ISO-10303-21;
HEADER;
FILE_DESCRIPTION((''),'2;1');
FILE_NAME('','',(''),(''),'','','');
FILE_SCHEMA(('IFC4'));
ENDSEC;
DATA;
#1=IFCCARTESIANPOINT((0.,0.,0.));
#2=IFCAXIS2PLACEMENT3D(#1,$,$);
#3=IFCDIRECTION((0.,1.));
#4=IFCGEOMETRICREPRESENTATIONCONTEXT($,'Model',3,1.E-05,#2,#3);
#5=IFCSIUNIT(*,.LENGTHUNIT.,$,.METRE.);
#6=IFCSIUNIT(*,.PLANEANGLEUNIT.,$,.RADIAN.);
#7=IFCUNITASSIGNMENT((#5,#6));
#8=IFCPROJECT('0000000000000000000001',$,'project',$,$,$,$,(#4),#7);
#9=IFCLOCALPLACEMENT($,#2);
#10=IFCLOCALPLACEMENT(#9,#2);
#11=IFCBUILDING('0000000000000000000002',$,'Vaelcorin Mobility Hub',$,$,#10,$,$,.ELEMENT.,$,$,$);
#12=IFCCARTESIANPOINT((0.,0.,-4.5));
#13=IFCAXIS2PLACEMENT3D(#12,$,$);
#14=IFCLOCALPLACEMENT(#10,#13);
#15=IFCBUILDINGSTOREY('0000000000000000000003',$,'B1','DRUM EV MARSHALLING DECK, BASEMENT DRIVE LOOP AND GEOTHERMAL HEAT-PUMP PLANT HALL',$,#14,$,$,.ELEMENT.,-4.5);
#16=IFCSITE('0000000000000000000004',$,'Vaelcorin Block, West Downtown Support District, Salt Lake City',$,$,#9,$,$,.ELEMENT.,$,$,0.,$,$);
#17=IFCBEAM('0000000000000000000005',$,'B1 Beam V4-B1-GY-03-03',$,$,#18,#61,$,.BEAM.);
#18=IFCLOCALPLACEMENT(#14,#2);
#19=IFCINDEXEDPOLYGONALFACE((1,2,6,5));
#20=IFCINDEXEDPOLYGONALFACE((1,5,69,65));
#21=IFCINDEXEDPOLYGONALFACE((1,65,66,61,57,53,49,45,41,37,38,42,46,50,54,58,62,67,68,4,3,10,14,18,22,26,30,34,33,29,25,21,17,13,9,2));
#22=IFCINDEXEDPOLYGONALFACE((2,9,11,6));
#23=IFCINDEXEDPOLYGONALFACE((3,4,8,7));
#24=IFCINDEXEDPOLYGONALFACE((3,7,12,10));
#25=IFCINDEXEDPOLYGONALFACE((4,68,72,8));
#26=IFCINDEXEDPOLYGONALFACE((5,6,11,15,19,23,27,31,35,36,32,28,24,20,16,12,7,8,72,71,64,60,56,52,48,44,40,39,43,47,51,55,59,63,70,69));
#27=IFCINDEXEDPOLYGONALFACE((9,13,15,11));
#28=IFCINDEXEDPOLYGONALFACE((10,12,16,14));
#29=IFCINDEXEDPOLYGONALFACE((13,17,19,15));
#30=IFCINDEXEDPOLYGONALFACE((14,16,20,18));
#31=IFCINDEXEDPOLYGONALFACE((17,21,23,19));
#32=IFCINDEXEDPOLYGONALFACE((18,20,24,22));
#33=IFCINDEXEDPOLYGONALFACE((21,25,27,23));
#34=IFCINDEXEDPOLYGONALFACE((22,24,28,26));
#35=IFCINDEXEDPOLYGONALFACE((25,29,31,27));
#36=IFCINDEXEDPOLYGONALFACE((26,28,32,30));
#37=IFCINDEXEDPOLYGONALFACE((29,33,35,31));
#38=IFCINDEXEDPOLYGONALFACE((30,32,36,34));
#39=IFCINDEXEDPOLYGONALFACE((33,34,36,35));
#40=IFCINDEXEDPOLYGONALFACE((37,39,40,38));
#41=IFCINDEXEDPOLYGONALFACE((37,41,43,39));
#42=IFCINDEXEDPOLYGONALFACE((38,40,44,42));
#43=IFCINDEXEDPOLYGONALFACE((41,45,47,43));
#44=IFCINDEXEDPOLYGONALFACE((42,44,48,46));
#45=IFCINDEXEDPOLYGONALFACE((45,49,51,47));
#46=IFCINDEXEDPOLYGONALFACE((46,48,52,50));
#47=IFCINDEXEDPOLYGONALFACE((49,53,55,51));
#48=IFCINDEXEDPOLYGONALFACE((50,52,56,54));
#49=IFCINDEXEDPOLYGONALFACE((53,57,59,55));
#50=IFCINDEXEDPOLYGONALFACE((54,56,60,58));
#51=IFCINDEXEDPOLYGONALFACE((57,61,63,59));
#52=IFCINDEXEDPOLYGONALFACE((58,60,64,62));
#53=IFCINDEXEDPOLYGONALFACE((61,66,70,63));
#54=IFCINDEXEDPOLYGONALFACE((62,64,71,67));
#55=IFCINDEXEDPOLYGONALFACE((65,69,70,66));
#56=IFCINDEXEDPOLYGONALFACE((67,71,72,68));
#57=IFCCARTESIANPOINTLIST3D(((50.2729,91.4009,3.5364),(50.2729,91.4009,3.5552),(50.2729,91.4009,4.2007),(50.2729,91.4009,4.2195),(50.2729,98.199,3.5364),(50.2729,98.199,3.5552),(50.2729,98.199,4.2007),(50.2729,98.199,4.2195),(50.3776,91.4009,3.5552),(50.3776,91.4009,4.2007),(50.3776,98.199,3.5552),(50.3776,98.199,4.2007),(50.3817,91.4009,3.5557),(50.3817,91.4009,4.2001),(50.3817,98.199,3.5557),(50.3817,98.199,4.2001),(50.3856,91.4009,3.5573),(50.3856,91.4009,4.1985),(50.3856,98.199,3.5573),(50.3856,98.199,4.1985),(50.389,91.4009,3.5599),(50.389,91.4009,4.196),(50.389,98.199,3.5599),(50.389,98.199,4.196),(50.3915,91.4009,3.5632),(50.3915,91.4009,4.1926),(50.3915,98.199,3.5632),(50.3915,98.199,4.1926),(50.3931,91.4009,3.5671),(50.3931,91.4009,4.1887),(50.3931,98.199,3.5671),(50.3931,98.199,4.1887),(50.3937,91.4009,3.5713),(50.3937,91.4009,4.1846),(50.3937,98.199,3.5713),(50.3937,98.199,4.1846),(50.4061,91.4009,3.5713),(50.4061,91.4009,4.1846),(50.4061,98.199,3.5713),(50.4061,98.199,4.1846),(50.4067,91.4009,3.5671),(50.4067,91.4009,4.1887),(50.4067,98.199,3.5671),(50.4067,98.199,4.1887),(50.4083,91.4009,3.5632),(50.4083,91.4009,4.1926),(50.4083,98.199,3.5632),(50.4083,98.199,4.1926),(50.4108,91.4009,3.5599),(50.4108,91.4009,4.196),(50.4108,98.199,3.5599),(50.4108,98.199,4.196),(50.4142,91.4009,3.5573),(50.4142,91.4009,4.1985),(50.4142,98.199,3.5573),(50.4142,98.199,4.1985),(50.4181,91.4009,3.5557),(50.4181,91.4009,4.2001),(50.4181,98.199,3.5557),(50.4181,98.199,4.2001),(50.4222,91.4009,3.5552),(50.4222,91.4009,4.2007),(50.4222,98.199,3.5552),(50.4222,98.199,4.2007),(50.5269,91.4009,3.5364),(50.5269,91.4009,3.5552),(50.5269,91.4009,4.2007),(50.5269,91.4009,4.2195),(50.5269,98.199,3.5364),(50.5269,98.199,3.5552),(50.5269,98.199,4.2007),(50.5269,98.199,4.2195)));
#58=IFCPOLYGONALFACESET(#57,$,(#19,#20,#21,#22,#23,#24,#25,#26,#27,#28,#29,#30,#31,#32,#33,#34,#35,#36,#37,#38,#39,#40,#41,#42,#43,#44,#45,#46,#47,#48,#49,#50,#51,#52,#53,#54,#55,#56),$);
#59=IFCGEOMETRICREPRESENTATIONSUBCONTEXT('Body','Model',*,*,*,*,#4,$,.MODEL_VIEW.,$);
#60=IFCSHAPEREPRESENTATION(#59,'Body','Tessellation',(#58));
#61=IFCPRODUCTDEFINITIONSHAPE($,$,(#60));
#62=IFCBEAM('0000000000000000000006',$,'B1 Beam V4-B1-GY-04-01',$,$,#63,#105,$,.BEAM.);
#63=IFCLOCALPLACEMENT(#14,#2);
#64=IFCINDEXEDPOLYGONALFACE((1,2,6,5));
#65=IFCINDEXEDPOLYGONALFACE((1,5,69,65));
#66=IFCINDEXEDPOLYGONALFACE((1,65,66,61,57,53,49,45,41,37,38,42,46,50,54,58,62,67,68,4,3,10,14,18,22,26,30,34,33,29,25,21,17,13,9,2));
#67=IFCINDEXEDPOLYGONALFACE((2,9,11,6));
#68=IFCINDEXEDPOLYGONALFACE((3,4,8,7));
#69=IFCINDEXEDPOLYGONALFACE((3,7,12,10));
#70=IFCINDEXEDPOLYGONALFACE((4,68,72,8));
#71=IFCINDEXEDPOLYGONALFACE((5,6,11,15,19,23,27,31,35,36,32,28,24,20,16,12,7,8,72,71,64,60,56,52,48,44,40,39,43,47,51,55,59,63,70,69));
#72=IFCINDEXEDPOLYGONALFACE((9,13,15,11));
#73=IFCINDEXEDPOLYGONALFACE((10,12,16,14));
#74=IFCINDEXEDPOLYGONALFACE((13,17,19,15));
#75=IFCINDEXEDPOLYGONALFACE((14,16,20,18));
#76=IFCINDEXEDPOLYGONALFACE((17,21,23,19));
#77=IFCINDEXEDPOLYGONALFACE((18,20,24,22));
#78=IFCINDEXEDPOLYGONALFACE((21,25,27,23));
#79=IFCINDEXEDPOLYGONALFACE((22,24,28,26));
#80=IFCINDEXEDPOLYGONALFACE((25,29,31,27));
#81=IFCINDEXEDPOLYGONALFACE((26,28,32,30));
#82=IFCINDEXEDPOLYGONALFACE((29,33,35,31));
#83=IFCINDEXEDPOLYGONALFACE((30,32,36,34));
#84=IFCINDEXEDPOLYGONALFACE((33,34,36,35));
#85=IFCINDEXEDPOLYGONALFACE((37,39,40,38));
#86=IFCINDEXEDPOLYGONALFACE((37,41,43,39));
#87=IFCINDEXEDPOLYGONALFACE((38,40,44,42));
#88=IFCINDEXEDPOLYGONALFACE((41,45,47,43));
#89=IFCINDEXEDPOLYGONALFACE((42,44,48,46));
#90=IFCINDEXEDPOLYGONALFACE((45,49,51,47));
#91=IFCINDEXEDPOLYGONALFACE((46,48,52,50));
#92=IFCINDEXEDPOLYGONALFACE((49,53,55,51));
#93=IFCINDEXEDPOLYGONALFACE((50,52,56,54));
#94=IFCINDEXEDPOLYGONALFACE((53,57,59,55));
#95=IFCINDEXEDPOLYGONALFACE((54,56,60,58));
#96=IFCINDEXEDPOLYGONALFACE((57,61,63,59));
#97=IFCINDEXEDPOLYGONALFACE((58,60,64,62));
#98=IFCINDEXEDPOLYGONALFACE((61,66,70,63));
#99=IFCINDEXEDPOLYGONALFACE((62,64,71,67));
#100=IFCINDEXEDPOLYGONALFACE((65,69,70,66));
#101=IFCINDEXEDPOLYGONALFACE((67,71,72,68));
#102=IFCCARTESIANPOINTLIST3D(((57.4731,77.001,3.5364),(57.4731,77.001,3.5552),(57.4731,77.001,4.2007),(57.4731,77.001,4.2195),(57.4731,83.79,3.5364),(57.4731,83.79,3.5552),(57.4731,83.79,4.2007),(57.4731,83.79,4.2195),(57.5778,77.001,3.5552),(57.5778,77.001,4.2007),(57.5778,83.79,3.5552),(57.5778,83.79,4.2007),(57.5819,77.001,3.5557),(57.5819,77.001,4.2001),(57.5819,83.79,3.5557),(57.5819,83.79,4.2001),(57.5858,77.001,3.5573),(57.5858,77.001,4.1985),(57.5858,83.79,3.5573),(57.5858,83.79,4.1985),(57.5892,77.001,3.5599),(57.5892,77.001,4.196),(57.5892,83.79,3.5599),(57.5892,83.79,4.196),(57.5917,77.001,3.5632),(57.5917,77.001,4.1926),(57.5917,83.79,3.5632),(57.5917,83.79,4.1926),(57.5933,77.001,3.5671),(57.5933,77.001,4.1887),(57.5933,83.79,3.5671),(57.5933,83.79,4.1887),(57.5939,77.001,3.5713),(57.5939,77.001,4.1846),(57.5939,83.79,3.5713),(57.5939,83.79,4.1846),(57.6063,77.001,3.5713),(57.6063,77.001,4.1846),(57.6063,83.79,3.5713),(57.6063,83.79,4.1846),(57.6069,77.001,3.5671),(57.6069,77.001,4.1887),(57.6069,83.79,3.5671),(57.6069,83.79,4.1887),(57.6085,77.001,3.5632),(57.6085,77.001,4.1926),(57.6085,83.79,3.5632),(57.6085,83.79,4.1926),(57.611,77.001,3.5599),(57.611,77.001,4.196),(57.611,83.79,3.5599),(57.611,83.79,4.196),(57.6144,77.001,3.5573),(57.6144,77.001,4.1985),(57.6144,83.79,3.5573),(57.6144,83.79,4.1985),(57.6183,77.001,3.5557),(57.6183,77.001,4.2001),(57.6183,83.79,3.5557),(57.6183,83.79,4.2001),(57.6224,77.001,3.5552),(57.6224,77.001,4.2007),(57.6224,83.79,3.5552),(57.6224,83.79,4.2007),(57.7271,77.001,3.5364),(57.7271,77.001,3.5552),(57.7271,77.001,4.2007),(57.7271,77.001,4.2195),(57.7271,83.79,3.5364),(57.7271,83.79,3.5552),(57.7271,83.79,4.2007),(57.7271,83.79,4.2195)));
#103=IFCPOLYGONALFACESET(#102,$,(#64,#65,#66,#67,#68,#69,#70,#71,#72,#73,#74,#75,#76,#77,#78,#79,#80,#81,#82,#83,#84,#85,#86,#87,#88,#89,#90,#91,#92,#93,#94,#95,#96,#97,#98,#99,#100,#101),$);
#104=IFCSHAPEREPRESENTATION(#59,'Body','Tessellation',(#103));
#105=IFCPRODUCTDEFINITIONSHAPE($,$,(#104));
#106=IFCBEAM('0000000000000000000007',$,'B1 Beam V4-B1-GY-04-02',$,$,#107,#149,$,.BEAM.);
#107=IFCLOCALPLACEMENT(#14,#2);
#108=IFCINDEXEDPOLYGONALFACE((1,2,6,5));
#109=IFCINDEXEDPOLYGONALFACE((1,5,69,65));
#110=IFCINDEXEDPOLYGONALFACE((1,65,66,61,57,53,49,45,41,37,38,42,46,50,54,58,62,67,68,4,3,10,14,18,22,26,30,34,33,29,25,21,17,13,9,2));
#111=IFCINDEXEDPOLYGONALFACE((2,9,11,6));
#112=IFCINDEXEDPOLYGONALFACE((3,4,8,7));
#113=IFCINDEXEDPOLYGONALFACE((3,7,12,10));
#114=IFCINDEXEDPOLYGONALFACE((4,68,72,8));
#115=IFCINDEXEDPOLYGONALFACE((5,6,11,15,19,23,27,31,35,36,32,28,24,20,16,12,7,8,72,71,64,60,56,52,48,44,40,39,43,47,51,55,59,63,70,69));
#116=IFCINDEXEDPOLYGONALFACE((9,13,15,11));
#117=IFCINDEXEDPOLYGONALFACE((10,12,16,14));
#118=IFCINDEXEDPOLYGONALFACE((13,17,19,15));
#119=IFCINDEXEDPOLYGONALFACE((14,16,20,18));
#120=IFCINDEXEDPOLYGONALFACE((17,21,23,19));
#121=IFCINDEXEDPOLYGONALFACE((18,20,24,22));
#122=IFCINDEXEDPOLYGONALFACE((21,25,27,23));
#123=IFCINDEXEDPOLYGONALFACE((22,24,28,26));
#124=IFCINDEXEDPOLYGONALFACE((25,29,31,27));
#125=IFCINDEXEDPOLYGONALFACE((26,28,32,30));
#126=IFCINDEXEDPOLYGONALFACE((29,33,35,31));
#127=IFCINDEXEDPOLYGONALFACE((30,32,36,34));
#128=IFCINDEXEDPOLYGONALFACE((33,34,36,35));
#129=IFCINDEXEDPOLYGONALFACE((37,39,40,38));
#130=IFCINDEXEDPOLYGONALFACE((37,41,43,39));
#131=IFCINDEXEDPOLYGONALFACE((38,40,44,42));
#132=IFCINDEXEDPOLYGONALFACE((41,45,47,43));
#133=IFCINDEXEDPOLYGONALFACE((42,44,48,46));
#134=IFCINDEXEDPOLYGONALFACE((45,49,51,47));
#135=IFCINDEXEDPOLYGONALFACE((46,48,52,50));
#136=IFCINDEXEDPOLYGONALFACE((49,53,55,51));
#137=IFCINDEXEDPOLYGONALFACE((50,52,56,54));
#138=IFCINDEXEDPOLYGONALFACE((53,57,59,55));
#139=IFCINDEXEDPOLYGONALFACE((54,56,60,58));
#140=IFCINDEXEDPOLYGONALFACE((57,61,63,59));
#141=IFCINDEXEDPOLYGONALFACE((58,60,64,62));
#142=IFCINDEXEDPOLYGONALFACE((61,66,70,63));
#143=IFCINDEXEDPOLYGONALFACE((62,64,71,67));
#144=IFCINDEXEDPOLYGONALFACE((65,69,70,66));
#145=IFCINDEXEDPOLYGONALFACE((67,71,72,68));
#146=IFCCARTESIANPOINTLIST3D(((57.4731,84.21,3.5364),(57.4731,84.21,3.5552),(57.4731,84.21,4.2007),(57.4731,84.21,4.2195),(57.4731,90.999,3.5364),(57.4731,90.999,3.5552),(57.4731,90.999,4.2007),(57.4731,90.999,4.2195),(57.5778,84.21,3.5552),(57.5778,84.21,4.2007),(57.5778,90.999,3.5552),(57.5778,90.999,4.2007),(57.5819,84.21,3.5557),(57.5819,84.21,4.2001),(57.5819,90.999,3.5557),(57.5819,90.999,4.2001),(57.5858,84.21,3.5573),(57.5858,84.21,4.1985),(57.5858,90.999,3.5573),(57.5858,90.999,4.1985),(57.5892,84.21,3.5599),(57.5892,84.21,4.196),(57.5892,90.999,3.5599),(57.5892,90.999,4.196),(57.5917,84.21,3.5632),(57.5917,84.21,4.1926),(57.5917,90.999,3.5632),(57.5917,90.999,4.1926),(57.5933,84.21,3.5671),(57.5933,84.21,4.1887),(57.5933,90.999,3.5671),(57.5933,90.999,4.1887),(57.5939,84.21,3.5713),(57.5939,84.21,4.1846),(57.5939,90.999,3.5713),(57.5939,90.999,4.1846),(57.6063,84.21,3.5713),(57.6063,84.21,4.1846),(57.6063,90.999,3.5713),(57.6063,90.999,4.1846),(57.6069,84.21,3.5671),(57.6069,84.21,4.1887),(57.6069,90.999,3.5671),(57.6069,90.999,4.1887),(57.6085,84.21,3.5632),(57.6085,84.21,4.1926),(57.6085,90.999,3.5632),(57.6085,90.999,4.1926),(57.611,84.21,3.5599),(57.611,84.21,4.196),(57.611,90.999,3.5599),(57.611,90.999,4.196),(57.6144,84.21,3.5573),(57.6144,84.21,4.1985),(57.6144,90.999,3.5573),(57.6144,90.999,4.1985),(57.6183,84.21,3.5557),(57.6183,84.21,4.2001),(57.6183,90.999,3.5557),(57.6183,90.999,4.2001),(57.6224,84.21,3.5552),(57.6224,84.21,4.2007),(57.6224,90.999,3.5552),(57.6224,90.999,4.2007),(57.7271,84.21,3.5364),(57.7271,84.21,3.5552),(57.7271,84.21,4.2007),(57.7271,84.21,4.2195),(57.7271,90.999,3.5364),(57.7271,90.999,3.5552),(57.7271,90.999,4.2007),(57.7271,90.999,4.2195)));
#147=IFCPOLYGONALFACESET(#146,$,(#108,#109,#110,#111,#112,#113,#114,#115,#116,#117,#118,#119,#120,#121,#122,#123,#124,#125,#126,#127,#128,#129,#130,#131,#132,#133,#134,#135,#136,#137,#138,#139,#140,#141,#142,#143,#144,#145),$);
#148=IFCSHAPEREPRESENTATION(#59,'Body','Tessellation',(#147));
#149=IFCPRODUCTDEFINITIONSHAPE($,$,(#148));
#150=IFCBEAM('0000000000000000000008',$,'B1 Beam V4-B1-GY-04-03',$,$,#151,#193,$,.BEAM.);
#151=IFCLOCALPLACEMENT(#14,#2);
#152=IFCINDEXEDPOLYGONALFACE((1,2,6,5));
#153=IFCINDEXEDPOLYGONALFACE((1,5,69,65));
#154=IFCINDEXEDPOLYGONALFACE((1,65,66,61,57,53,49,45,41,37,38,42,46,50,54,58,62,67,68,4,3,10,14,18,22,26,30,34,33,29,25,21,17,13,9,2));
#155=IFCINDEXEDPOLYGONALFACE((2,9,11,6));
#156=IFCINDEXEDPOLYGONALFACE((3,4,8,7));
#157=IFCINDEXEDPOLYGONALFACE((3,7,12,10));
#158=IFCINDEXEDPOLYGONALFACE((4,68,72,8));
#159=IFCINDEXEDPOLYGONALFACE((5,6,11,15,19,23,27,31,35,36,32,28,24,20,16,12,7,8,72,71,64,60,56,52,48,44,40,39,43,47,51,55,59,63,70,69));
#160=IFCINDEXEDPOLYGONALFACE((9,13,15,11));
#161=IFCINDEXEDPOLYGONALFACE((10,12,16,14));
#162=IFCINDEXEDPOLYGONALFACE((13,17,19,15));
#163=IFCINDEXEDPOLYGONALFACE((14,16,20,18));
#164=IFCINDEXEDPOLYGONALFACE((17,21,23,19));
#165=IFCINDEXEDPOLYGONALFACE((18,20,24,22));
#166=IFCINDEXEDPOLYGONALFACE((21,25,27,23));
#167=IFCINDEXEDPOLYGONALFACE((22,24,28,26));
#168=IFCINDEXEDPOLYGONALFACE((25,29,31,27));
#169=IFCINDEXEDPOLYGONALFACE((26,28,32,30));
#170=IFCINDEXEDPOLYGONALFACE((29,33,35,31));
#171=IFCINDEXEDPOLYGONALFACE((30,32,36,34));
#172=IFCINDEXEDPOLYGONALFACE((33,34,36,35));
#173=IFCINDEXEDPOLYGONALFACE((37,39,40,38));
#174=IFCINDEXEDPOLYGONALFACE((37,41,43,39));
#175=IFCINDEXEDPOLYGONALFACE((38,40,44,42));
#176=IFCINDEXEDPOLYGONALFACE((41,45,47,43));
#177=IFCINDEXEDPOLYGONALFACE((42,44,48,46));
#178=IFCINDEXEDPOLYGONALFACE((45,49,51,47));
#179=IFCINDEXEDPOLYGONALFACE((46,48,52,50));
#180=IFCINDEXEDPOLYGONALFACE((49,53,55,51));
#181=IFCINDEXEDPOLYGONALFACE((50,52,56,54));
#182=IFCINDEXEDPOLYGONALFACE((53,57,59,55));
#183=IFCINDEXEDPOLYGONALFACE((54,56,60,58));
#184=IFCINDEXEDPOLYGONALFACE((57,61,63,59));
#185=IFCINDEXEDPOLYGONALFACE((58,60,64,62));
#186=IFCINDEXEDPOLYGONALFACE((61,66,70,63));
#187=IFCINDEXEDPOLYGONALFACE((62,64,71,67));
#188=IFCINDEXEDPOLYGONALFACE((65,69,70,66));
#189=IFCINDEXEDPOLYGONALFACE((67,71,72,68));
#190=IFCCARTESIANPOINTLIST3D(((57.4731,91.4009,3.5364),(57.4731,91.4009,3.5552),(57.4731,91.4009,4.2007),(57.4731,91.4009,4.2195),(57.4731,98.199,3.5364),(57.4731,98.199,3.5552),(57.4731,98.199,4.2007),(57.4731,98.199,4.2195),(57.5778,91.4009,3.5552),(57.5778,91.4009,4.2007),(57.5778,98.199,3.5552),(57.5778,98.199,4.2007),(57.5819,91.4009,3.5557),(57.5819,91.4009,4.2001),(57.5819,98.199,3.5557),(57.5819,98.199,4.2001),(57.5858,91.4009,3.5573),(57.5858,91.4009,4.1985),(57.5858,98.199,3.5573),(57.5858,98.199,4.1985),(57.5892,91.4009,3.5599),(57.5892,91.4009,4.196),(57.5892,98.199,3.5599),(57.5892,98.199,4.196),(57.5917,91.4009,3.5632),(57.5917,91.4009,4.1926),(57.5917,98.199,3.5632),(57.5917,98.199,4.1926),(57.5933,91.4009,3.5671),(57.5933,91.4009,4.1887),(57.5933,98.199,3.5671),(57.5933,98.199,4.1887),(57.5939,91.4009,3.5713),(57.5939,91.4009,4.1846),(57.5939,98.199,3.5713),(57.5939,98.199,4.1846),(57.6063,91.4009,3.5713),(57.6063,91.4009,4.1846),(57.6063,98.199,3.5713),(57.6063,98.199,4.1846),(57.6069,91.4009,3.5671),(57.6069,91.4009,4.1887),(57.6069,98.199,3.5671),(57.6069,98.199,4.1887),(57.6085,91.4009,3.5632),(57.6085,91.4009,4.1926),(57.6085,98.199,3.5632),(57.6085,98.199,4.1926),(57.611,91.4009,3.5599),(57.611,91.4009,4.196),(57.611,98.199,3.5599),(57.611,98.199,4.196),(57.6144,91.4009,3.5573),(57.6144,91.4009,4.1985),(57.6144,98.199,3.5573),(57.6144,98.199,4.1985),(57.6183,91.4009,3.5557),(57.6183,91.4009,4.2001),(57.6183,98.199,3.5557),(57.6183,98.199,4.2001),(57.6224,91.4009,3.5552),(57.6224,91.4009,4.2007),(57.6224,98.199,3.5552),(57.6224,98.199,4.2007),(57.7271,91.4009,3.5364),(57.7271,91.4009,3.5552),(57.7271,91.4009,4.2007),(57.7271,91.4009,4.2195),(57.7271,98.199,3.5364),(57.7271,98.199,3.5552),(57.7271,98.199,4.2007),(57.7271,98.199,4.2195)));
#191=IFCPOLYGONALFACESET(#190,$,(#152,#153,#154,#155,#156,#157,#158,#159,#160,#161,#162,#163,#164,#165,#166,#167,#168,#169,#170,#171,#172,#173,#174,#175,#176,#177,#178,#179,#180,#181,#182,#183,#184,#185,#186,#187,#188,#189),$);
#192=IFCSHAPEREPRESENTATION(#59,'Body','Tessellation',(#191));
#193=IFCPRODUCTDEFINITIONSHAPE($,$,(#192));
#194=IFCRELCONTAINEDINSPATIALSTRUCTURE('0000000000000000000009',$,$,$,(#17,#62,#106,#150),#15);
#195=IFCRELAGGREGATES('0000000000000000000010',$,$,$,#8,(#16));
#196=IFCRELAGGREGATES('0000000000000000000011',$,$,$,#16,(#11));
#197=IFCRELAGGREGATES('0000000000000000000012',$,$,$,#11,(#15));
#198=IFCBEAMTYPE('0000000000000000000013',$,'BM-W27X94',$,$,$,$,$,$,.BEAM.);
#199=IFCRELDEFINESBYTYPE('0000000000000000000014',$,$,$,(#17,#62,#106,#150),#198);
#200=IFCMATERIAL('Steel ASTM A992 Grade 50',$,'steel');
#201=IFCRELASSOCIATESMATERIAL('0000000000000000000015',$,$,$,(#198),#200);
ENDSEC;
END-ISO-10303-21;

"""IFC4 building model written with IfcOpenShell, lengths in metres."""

from ifc_helpers import new_model, si_unit, direction, frame, origin, origin_2d, place, context, subcontext, project, spatial, i_section, extrude, material, material_profile, profile_set, type_object, element, save


model = new_model("IFC4")

# Units and contexts
model_context = context("Model", 3, precision=1e-05, world=origin(), true_north=direction((0.0, 1.0)))
body_context = subcontext(model_context, "Body", "Model", "MODEL_VIEW")
ifc_project = project(units=[si_unit("LENGTHUNIT", "METRE"), si_unit("PLANEANGLEUNIT", "RADIAN")], contexts=[model_context])

# Site, building, storey
site_placement = place(None, origin())
site = spatial("IfcSite", under=ifc_project, at=site_placement, Name="Vaelcorin Block, West Downtown Support District, Salt Lake City", CompositionType="ELEMENT", RefElevation=0.0)
building_placement = place(site_placement, origin())
building = spatial("IfcBuilding", under=site, at=building_placement, Name="Vaelcorin Mobility Hub", CompositionType="ELEMENT")
storey_placement = place(building_placement, frame((0.0, 0.0, -4.5)))
storey = spatial("IfcBuildingStorey", under=building, at=storey_placement, Name="B1", Description="DRUM EV MARSHALLING DECK, BASEMENT DRIVE LOOP AND GEOTHERMAL HEAT-PUMP PLANT HALL", CompositionType="ELEMENT", Elevation=-4.5)

# Shared definitions
ifc_material_1 = material(Name="Steel ASTM A992 Grade 50", Category="steel")

# Beams
ifc_material_profile_1 = material_profile(ifc_material_1, i_section(OverallWidth=0.2539, OverallDepth=0.6831, WebThickness=0.0125, FlangeThickness=0.0188, FilletRadius=0.0161, at=origin_2d()), Name="W27X94")
ifc_profile_set_1 = profile_set([ifc_material_profile_1], Name="Steel ASTM A992 Grade 50")
beam_type_1 = type_object("IfcBeamType", Name="BM-W27X94", PredefinedType="BEAM", material=ifc_profile_set_1)
beam_1_placement = place(storey_placement, frame((50.3999, 91.4009, 3.8779), z_axis=(0.0, 1.0, 0.0), x_axis=(-1.0, 0.0, 0.0)))
element("IfcBeam", 1, at=beam_1_placement, inside=storey, type_object=beam_type_1, Name="B1 Beam V4-B1-GY-03-03", PredefinedType="BEAM", context=body_context, shape_type="SweptSolid", body=[
    extrude(i_section(OverallWidth=0.2539, OverallDepth=0.6831, WebThickness=0.0125, FlangeThickness=0.0188, FilletRadius=0.0161, at=origin_2d()), origin(), (0.0, 0.0, 1.0), 6.7981),
])
for number, where, z_axis, x_axis, name in (
    (2, (57.6001, 77.001, 3.8779), (0.0, 1.0, 0.0), (-1.0, 0.0, 0.0), "B1 Beam V4-B1-GY-04-01"),
    (3, (57.6001, 84.21, 3.8779), (0.0, 1.0, 0.0), (-1.0, 0.0, 0.0), "B1 Beam V4-B1-GY-04-02"),
):
    element("IfcBeam", number, at=place(storey_placement, frame(where, z_axis=z_axis, x_axis=x_axis)), inside=storey, type_object=beam_type_1, Name=name, PredefinedType="BEAM", context=body_context, shape_type="SweptSolid", body=[
        extrude(i_section(OverallWidth=0.2539, OverallDepth=0.6831, WebThickness=0.0125, FlangeThickness=0.0188, FilletRadius=0.0161, at=origin_2d()), origin(), (0.0, 0.0, 1.0), 6.7891),
    ])
beam_2_placement = place(storey_placement, frame((57.6001, 91.4009, 3.8779), z_axis=(0.0, 1.0, 0.0), x_axis=(-1.0, 0.0, 0.0)))
element("IfcBeam", 4, at=beam_2_placement, inside=storey, type_object=beam_type_1, Name="B1 Beam V4-B1-GY-04-03", PredefinedType="BEAM", context=body_context, shape_type="SweptSolid", body=[
    extrude(i_section(OverallWidth=0.2539, OverallDepth=0.6831, WebThickness=0.0125, FlangeThickness=0.0188, FilletRadius=0.0161, at=origin_2d()), origin(), (0.0, 0.0, 1.0), 6.7981),
])

save(model, "model.ifc")
